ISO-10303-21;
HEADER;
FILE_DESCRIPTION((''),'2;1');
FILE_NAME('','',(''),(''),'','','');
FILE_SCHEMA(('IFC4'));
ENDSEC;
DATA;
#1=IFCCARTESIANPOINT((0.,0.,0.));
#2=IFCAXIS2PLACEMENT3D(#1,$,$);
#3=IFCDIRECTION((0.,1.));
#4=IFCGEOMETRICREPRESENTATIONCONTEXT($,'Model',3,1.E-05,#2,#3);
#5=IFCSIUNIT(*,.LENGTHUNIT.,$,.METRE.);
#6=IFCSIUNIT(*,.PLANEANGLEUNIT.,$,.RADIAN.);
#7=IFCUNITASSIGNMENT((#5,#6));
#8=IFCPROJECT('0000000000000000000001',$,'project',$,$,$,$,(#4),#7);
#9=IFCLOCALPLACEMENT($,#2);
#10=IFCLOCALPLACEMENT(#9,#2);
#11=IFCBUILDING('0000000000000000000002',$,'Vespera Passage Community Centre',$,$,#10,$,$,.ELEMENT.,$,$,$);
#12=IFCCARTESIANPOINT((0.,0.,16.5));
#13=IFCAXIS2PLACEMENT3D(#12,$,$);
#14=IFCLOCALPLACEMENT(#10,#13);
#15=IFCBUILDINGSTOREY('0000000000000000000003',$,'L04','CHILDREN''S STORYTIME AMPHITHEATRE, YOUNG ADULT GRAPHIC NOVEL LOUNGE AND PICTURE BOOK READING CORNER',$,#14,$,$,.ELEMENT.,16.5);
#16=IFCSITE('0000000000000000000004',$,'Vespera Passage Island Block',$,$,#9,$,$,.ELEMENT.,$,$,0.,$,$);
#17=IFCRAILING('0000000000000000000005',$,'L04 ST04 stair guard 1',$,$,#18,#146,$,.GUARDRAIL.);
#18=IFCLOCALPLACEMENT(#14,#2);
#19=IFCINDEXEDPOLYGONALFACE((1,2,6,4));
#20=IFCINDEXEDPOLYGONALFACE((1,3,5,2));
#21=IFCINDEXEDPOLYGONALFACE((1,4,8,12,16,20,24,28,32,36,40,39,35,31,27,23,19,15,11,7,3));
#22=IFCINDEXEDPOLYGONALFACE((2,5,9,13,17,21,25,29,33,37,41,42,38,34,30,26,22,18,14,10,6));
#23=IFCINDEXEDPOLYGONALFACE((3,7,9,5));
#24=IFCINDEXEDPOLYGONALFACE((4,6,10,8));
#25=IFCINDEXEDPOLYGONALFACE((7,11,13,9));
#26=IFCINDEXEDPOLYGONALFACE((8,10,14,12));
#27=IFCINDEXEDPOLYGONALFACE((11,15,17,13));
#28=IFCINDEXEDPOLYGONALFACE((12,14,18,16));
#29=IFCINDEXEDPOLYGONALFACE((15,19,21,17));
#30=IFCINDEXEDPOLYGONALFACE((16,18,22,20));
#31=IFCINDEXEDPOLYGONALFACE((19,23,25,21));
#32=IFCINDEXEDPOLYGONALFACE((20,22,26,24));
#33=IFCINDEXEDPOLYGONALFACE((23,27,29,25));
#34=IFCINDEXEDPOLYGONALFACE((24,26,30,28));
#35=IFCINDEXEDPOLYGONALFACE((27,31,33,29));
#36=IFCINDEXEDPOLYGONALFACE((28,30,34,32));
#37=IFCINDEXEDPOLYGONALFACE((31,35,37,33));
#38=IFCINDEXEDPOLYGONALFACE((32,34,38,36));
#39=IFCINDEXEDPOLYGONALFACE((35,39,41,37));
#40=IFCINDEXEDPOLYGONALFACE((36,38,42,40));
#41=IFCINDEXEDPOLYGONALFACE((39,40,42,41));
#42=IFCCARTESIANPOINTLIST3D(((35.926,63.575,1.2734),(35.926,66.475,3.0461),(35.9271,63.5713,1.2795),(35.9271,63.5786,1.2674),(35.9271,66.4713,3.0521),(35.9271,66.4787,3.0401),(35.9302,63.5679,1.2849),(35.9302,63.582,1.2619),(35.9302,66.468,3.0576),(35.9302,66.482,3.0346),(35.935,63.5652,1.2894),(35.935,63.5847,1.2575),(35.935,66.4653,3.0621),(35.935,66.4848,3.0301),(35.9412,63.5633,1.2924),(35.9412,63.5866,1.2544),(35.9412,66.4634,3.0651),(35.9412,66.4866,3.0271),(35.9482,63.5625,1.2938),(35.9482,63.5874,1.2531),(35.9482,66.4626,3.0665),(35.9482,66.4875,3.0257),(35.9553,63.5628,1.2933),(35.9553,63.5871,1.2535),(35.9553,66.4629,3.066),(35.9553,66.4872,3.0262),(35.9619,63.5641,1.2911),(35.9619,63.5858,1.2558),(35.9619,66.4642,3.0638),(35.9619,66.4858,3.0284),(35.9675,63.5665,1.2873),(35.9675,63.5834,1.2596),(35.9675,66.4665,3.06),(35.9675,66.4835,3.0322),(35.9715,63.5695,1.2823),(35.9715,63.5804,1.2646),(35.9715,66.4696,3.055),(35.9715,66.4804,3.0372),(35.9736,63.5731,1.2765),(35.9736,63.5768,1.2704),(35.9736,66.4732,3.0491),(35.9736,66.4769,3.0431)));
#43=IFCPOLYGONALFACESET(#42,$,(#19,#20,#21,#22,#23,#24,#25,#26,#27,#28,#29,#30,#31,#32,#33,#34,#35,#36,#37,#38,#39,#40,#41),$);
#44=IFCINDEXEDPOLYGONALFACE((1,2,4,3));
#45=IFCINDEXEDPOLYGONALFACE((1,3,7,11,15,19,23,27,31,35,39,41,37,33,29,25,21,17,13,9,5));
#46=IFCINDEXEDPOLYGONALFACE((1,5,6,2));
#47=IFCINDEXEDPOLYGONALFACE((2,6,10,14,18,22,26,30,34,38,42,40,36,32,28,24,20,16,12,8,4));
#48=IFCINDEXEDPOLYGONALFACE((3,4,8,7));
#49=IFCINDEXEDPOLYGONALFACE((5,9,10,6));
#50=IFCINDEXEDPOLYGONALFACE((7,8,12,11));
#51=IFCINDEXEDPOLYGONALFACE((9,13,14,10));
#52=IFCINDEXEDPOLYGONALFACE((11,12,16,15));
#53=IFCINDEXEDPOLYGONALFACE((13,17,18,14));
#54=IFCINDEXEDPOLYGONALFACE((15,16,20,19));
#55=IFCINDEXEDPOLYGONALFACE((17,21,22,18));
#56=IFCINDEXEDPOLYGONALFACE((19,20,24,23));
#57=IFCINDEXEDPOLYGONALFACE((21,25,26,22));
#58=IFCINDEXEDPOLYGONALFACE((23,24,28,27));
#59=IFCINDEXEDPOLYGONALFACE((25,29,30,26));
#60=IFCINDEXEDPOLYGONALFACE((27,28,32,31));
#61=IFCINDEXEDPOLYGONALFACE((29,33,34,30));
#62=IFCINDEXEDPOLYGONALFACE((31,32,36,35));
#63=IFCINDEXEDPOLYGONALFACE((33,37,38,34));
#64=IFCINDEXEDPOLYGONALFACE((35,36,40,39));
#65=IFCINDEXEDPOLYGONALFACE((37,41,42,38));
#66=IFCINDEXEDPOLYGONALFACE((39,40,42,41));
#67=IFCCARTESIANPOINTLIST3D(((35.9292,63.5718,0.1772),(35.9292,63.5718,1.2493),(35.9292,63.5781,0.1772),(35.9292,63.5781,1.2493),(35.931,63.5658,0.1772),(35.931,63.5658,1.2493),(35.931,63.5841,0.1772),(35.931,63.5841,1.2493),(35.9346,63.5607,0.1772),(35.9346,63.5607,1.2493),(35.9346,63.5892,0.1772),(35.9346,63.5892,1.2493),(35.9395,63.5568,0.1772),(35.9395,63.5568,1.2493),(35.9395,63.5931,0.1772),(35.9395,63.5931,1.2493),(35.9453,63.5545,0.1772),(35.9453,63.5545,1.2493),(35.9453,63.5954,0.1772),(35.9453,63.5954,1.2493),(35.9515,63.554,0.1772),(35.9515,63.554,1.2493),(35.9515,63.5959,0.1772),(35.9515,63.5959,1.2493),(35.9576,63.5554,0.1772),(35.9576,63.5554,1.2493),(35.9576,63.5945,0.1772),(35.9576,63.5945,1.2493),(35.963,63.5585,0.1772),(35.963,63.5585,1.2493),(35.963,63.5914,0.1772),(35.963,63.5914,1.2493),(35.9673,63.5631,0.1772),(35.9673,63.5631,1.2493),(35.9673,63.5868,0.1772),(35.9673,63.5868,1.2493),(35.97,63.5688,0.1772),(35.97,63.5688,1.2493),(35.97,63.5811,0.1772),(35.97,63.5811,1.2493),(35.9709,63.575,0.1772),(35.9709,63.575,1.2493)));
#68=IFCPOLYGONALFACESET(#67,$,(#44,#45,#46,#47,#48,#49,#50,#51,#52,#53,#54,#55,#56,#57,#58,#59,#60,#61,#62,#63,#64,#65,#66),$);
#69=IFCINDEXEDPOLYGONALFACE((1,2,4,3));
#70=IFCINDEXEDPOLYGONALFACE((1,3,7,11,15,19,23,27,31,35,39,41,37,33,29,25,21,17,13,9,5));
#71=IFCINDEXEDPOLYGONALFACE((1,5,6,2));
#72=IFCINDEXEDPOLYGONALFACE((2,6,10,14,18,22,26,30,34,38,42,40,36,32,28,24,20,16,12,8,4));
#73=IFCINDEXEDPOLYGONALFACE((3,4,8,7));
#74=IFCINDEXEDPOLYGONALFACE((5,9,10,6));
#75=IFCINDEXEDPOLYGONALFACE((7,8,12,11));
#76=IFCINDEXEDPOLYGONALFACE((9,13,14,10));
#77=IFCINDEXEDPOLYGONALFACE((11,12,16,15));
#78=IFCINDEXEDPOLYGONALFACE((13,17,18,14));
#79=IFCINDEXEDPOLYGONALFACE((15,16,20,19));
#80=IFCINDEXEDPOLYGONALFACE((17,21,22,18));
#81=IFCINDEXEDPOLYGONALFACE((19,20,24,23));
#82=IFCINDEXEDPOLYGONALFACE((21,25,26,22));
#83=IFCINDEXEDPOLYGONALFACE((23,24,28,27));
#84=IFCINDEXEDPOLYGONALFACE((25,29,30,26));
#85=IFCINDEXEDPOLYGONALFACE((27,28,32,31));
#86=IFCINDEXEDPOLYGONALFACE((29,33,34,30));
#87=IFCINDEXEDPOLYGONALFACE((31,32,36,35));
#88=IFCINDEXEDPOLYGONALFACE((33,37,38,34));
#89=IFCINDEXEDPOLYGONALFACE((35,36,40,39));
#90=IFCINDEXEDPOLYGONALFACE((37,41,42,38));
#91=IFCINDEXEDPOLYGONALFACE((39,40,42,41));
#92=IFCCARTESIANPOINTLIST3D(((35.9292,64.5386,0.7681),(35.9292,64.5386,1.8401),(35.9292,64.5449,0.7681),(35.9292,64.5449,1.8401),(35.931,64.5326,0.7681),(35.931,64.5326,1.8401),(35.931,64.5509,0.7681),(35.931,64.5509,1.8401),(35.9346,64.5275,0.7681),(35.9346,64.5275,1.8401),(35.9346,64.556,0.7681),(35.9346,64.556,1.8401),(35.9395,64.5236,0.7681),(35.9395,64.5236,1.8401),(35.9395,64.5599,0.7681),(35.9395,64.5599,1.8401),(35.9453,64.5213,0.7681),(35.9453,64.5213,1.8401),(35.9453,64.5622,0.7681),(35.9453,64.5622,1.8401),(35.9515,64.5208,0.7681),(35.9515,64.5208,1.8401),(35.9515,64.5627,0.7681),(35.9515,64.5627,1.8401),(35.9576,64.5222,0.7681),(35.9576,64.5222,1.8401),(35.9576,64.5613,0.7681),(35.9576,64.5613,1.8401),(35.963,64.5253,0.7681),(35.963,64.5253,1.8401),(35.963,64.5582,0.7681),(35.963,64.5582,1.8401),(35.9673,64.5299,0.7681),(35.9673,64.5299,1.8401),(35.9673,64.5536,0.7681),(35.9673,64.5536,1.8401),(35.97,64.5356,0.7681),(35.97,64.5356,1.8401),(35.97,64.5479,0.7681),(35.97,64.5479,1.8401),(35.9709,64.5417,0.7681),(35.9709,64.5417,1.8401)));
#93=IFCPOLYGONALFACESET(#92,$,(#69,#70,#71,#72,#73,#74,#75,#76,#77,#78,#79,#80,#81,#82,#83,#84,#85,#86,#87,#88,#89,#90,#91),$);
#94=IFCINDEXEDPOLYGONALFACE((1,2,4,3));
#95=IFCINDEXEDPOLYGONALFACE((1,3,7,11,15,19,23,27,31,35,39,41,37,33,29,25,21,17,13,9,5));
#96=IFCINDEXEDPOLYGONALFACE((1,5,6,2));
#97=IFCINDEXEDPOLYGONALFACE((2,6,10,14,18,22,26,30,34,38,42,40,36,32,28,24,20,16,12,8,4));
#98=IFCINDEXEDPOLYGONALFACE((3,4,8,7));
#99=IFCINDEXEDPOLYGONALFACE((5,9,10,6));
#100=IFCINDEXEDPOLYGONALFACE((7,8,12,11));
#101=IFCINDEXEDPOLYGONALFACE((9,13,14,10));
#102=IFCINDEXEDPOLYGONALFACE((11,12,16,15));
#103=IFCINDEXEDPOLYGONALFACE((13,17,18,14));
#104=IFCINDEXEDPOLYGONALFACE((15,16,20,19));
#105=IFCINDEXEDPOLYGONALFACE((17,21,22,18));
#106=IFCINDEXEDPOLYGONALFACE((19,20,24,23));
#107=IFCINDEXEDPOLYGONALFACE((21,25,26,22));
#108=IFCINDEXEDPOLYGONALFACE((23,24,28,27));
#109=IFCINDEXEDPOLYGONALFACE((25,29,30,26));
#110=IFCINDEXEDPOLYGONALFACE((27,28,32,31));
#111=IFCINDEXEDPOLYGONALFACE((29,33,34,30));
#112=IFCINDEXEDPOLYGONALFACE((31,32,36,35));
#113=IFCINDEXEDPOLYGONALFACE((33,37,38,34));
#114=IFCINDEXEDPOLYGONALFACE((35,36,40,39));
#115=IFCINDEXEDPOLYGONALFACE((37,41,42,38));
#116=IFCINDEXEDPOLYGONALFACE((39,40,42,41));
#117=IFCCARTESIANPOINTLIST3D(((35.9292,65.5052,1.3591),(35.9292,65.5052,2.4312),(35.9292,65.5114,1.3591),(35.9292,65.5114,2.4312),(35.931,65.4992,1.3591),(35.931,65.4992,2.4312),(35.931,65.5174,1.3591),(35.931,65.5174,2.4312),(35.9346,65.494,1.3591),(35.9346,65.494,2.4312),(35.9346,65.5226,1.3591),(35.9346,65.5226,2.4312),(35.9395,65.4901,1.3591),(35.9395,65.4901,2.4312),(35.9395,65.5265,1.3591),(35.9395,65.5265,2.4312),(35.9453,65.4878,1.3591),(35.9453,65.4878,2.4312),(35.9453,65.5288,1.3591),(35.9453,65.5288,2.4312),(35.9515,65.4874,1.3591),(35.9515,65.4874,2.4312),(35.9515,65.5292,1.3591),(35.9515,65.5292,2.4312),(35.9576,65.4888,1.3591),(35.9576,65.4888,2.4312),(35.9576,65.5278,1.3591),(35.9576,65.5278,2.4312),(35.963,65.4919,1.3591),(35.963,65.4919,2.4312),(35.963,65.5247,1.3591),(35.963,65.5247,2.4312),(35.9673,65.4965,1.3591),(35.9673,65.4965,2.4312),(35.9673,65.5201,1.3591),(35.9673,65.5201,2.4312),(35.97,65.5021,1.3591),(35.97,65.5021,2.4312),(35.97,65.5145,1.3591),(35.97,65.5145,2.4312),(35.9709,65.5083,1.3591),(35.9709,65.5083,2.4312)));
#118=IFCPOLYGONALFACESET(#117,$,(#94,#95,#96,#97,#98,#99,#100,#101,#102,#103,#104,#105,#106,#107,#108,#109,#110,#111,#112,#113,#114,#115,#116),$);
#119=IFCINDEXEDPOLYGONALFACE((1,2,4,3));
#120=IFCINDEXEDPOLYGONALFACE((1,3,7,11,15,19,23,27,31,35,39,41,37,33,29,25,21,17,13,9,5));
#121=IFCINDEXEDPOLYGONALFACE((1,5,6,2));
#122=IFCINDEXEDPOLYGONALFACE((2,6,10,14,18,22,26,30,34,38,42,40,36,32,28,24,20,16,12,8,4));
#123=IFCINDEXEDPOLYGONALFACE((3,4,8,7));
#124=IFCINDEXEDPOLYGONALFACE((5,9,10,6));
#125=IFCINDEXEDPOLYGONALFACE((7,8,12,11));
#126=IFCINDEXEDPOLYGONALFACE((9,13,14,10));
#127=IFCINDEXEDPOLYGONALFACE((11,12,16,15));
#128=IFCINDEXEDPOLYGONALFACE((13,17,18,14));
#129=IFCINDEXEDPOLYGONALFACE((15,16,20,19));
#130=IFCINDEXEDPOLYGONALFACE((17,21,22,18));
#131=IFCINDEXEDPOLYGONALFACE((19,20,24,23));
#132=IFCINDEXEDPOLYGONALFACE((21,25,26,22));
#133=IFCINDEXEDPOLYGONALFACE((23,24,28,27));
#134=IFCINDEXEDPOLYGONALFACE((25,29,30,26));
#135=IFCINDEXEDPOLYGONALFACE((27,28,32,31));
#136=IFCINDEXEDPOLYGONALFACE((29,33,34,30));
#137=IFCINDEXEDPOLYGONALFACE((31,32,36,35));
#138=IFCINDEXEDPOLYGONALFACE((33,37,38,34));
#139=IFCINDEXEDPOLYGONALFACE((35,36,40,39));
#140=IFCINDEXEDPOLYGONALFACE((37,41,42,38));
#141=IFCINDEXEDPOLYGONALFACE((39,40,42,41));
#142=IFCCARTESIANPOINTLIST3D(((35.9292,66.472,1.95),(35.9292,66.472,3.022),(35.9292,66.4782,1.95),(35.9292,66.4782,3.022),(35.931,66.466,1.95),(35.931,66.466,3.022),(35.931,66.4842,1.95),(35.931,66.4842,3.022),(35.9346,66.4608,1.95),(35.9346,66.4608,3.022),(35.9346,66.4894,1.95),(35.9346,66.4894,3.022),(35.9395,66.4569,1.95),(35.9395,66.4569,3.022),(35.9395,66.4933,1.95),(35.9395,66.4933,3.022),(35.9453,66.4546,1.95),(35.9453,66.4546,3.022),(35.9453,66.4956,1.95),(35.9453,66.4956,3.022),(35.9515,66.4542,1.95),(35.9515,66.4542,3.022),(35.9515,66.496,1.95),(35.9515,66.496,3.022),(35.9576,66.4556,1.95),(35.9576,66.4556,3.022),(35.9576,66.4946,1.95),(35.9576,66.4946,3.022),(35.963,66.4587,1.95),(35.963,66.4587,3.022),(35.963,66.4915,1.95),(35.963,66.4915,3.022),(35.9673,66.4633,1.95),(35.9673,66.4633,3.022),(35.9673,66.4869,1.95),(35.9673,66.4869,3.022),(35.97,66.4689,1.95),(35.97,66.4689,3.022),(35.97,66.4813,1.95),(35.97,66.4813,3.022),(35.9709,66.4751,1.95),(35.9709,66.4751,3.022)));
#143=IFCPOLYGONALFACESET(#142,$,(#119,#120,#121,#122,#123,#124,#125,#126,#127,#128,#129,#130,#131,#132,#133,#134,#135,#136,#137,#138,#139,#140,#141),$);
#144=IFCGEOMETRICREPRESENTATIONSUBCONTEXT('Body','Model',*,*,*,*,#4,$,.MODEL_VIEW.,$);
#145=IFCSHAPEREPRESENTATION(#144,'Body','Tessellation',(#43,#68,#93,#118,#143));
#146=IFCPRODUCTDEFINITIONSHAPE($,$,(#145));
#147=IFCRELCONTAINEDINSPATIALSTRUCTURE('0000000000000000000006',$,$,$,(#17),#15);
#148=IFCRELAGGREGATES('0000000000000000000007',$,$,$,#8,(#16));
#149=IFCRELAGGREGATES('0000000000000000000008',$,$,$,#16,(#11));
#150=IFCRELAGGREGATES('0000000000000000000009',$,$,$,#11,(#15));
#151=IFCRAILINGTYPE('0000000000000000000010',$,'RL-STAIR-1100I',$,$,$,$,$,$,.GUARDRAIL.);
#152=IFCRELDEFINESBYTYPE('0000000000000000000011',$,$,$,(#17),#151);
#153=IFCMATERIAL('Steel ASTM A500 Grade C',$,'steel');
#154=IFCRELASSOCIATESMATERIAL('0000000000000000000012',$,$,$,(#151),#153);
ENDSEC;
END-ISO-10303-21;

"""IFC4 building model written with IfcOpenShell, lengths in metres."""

from ifc_helpers import new_model, si_unit, direction, frame, origin, origin_2d, place, context, subcontext, project, spatial, circle, extrude, material, type_object, element, save


model = new_model("IFC4")

# Units and contexts
model_context = context("Model", 3, precision=1e-05, world=origin(), true_north=direction((0.0, 1.0)))
body_context = subcontext(model_context, "Body", "Model", "MODEL_VIEW")
ifc_project = project(units=[si_unit("LENGTHUNIT", "METRE"), si_unit("PLANEANGLEUNIT", "RADIAN")], contexts=[model_context])

# Site, building, storey
site_placement = place(None, origin())
site = spatial("IfcSite", under=ifc_project, at=site_placement, Name="Vespera Passage Island Block", CompositionType="ELEMENT", RefElevation=0.0)
building_placement = place(site_placement, origin())
building = spatial("IfcBuilding", under=site, at=building_placement, Name="Vespera Passage Community Centre", CompositionType="ELEMENT")
storey_placement = place(building_placement, frame((0.0, 0.0, 16.5)))
storey = spatial("IfcBuildingStorey", under=building, at=storey_placement, Name="L04", Description="CHILDREN'S STORYTIME AMPHITHEATRE, YOUNG ADULT GRAPHIC NOVEL LOUNGE AND PICTURE BOOK READING CORNER", CompositionType="ELEMENT", Elevation=16.5)

# Railing
ifc_material_1 = material(Name="Steel ASTM A500 Grade C", Category="steel")
railing_type_1 = type_object("IfcRailingType", Name="RL-STAIR-1100I", PredefinedType="GUARDRAIL", material=ifc_material_1)
railing_1_placement = place(storey_placement, frame((35.95, 63.575, 0.1772)))
element("IfcRailing", 1, at=railing_1_placement, inside=storey, type_object=railing_type_1, Name="L04 ST04 stair guard 1", PredefinedType="GUARDRAIL", context=body_context, shape_type="SweptSolid", body=[
    extrude(circle(Radius=0.0239, at=origin_2d()), frame((0.0, 0.0, 1.0962), z_axis=(0.0, 0.85323, 0.521534), x_axis=(-1.0, 0.0, 0.0)), (0.0, 0.0, 1.0), 3.3989),
    extrude(circle(Radius=0.021, at=origin_2d()), origin(), (0.0, 0.0, 1.0), 1.072),
    extrude(circle(Radius=0.021, at=origin_2d()), frame((0.0, 0.9668, 0.5908)), (0.0, 0.0, 1.0), 1.072),
    extrude(circle(Radius=0.021, at=origin_2d()), frame((0.0, 1.9333, 1.1819)), (0.0, 0.0, 1.0), 1.072),
    extrude(circle(Radius=0.021, at=origin_2d()), frame((0.0, 2.9001, 1.7727)), (0.0, 0.0, 1.0), 1.072),
])

save(model, "model.ifc")
